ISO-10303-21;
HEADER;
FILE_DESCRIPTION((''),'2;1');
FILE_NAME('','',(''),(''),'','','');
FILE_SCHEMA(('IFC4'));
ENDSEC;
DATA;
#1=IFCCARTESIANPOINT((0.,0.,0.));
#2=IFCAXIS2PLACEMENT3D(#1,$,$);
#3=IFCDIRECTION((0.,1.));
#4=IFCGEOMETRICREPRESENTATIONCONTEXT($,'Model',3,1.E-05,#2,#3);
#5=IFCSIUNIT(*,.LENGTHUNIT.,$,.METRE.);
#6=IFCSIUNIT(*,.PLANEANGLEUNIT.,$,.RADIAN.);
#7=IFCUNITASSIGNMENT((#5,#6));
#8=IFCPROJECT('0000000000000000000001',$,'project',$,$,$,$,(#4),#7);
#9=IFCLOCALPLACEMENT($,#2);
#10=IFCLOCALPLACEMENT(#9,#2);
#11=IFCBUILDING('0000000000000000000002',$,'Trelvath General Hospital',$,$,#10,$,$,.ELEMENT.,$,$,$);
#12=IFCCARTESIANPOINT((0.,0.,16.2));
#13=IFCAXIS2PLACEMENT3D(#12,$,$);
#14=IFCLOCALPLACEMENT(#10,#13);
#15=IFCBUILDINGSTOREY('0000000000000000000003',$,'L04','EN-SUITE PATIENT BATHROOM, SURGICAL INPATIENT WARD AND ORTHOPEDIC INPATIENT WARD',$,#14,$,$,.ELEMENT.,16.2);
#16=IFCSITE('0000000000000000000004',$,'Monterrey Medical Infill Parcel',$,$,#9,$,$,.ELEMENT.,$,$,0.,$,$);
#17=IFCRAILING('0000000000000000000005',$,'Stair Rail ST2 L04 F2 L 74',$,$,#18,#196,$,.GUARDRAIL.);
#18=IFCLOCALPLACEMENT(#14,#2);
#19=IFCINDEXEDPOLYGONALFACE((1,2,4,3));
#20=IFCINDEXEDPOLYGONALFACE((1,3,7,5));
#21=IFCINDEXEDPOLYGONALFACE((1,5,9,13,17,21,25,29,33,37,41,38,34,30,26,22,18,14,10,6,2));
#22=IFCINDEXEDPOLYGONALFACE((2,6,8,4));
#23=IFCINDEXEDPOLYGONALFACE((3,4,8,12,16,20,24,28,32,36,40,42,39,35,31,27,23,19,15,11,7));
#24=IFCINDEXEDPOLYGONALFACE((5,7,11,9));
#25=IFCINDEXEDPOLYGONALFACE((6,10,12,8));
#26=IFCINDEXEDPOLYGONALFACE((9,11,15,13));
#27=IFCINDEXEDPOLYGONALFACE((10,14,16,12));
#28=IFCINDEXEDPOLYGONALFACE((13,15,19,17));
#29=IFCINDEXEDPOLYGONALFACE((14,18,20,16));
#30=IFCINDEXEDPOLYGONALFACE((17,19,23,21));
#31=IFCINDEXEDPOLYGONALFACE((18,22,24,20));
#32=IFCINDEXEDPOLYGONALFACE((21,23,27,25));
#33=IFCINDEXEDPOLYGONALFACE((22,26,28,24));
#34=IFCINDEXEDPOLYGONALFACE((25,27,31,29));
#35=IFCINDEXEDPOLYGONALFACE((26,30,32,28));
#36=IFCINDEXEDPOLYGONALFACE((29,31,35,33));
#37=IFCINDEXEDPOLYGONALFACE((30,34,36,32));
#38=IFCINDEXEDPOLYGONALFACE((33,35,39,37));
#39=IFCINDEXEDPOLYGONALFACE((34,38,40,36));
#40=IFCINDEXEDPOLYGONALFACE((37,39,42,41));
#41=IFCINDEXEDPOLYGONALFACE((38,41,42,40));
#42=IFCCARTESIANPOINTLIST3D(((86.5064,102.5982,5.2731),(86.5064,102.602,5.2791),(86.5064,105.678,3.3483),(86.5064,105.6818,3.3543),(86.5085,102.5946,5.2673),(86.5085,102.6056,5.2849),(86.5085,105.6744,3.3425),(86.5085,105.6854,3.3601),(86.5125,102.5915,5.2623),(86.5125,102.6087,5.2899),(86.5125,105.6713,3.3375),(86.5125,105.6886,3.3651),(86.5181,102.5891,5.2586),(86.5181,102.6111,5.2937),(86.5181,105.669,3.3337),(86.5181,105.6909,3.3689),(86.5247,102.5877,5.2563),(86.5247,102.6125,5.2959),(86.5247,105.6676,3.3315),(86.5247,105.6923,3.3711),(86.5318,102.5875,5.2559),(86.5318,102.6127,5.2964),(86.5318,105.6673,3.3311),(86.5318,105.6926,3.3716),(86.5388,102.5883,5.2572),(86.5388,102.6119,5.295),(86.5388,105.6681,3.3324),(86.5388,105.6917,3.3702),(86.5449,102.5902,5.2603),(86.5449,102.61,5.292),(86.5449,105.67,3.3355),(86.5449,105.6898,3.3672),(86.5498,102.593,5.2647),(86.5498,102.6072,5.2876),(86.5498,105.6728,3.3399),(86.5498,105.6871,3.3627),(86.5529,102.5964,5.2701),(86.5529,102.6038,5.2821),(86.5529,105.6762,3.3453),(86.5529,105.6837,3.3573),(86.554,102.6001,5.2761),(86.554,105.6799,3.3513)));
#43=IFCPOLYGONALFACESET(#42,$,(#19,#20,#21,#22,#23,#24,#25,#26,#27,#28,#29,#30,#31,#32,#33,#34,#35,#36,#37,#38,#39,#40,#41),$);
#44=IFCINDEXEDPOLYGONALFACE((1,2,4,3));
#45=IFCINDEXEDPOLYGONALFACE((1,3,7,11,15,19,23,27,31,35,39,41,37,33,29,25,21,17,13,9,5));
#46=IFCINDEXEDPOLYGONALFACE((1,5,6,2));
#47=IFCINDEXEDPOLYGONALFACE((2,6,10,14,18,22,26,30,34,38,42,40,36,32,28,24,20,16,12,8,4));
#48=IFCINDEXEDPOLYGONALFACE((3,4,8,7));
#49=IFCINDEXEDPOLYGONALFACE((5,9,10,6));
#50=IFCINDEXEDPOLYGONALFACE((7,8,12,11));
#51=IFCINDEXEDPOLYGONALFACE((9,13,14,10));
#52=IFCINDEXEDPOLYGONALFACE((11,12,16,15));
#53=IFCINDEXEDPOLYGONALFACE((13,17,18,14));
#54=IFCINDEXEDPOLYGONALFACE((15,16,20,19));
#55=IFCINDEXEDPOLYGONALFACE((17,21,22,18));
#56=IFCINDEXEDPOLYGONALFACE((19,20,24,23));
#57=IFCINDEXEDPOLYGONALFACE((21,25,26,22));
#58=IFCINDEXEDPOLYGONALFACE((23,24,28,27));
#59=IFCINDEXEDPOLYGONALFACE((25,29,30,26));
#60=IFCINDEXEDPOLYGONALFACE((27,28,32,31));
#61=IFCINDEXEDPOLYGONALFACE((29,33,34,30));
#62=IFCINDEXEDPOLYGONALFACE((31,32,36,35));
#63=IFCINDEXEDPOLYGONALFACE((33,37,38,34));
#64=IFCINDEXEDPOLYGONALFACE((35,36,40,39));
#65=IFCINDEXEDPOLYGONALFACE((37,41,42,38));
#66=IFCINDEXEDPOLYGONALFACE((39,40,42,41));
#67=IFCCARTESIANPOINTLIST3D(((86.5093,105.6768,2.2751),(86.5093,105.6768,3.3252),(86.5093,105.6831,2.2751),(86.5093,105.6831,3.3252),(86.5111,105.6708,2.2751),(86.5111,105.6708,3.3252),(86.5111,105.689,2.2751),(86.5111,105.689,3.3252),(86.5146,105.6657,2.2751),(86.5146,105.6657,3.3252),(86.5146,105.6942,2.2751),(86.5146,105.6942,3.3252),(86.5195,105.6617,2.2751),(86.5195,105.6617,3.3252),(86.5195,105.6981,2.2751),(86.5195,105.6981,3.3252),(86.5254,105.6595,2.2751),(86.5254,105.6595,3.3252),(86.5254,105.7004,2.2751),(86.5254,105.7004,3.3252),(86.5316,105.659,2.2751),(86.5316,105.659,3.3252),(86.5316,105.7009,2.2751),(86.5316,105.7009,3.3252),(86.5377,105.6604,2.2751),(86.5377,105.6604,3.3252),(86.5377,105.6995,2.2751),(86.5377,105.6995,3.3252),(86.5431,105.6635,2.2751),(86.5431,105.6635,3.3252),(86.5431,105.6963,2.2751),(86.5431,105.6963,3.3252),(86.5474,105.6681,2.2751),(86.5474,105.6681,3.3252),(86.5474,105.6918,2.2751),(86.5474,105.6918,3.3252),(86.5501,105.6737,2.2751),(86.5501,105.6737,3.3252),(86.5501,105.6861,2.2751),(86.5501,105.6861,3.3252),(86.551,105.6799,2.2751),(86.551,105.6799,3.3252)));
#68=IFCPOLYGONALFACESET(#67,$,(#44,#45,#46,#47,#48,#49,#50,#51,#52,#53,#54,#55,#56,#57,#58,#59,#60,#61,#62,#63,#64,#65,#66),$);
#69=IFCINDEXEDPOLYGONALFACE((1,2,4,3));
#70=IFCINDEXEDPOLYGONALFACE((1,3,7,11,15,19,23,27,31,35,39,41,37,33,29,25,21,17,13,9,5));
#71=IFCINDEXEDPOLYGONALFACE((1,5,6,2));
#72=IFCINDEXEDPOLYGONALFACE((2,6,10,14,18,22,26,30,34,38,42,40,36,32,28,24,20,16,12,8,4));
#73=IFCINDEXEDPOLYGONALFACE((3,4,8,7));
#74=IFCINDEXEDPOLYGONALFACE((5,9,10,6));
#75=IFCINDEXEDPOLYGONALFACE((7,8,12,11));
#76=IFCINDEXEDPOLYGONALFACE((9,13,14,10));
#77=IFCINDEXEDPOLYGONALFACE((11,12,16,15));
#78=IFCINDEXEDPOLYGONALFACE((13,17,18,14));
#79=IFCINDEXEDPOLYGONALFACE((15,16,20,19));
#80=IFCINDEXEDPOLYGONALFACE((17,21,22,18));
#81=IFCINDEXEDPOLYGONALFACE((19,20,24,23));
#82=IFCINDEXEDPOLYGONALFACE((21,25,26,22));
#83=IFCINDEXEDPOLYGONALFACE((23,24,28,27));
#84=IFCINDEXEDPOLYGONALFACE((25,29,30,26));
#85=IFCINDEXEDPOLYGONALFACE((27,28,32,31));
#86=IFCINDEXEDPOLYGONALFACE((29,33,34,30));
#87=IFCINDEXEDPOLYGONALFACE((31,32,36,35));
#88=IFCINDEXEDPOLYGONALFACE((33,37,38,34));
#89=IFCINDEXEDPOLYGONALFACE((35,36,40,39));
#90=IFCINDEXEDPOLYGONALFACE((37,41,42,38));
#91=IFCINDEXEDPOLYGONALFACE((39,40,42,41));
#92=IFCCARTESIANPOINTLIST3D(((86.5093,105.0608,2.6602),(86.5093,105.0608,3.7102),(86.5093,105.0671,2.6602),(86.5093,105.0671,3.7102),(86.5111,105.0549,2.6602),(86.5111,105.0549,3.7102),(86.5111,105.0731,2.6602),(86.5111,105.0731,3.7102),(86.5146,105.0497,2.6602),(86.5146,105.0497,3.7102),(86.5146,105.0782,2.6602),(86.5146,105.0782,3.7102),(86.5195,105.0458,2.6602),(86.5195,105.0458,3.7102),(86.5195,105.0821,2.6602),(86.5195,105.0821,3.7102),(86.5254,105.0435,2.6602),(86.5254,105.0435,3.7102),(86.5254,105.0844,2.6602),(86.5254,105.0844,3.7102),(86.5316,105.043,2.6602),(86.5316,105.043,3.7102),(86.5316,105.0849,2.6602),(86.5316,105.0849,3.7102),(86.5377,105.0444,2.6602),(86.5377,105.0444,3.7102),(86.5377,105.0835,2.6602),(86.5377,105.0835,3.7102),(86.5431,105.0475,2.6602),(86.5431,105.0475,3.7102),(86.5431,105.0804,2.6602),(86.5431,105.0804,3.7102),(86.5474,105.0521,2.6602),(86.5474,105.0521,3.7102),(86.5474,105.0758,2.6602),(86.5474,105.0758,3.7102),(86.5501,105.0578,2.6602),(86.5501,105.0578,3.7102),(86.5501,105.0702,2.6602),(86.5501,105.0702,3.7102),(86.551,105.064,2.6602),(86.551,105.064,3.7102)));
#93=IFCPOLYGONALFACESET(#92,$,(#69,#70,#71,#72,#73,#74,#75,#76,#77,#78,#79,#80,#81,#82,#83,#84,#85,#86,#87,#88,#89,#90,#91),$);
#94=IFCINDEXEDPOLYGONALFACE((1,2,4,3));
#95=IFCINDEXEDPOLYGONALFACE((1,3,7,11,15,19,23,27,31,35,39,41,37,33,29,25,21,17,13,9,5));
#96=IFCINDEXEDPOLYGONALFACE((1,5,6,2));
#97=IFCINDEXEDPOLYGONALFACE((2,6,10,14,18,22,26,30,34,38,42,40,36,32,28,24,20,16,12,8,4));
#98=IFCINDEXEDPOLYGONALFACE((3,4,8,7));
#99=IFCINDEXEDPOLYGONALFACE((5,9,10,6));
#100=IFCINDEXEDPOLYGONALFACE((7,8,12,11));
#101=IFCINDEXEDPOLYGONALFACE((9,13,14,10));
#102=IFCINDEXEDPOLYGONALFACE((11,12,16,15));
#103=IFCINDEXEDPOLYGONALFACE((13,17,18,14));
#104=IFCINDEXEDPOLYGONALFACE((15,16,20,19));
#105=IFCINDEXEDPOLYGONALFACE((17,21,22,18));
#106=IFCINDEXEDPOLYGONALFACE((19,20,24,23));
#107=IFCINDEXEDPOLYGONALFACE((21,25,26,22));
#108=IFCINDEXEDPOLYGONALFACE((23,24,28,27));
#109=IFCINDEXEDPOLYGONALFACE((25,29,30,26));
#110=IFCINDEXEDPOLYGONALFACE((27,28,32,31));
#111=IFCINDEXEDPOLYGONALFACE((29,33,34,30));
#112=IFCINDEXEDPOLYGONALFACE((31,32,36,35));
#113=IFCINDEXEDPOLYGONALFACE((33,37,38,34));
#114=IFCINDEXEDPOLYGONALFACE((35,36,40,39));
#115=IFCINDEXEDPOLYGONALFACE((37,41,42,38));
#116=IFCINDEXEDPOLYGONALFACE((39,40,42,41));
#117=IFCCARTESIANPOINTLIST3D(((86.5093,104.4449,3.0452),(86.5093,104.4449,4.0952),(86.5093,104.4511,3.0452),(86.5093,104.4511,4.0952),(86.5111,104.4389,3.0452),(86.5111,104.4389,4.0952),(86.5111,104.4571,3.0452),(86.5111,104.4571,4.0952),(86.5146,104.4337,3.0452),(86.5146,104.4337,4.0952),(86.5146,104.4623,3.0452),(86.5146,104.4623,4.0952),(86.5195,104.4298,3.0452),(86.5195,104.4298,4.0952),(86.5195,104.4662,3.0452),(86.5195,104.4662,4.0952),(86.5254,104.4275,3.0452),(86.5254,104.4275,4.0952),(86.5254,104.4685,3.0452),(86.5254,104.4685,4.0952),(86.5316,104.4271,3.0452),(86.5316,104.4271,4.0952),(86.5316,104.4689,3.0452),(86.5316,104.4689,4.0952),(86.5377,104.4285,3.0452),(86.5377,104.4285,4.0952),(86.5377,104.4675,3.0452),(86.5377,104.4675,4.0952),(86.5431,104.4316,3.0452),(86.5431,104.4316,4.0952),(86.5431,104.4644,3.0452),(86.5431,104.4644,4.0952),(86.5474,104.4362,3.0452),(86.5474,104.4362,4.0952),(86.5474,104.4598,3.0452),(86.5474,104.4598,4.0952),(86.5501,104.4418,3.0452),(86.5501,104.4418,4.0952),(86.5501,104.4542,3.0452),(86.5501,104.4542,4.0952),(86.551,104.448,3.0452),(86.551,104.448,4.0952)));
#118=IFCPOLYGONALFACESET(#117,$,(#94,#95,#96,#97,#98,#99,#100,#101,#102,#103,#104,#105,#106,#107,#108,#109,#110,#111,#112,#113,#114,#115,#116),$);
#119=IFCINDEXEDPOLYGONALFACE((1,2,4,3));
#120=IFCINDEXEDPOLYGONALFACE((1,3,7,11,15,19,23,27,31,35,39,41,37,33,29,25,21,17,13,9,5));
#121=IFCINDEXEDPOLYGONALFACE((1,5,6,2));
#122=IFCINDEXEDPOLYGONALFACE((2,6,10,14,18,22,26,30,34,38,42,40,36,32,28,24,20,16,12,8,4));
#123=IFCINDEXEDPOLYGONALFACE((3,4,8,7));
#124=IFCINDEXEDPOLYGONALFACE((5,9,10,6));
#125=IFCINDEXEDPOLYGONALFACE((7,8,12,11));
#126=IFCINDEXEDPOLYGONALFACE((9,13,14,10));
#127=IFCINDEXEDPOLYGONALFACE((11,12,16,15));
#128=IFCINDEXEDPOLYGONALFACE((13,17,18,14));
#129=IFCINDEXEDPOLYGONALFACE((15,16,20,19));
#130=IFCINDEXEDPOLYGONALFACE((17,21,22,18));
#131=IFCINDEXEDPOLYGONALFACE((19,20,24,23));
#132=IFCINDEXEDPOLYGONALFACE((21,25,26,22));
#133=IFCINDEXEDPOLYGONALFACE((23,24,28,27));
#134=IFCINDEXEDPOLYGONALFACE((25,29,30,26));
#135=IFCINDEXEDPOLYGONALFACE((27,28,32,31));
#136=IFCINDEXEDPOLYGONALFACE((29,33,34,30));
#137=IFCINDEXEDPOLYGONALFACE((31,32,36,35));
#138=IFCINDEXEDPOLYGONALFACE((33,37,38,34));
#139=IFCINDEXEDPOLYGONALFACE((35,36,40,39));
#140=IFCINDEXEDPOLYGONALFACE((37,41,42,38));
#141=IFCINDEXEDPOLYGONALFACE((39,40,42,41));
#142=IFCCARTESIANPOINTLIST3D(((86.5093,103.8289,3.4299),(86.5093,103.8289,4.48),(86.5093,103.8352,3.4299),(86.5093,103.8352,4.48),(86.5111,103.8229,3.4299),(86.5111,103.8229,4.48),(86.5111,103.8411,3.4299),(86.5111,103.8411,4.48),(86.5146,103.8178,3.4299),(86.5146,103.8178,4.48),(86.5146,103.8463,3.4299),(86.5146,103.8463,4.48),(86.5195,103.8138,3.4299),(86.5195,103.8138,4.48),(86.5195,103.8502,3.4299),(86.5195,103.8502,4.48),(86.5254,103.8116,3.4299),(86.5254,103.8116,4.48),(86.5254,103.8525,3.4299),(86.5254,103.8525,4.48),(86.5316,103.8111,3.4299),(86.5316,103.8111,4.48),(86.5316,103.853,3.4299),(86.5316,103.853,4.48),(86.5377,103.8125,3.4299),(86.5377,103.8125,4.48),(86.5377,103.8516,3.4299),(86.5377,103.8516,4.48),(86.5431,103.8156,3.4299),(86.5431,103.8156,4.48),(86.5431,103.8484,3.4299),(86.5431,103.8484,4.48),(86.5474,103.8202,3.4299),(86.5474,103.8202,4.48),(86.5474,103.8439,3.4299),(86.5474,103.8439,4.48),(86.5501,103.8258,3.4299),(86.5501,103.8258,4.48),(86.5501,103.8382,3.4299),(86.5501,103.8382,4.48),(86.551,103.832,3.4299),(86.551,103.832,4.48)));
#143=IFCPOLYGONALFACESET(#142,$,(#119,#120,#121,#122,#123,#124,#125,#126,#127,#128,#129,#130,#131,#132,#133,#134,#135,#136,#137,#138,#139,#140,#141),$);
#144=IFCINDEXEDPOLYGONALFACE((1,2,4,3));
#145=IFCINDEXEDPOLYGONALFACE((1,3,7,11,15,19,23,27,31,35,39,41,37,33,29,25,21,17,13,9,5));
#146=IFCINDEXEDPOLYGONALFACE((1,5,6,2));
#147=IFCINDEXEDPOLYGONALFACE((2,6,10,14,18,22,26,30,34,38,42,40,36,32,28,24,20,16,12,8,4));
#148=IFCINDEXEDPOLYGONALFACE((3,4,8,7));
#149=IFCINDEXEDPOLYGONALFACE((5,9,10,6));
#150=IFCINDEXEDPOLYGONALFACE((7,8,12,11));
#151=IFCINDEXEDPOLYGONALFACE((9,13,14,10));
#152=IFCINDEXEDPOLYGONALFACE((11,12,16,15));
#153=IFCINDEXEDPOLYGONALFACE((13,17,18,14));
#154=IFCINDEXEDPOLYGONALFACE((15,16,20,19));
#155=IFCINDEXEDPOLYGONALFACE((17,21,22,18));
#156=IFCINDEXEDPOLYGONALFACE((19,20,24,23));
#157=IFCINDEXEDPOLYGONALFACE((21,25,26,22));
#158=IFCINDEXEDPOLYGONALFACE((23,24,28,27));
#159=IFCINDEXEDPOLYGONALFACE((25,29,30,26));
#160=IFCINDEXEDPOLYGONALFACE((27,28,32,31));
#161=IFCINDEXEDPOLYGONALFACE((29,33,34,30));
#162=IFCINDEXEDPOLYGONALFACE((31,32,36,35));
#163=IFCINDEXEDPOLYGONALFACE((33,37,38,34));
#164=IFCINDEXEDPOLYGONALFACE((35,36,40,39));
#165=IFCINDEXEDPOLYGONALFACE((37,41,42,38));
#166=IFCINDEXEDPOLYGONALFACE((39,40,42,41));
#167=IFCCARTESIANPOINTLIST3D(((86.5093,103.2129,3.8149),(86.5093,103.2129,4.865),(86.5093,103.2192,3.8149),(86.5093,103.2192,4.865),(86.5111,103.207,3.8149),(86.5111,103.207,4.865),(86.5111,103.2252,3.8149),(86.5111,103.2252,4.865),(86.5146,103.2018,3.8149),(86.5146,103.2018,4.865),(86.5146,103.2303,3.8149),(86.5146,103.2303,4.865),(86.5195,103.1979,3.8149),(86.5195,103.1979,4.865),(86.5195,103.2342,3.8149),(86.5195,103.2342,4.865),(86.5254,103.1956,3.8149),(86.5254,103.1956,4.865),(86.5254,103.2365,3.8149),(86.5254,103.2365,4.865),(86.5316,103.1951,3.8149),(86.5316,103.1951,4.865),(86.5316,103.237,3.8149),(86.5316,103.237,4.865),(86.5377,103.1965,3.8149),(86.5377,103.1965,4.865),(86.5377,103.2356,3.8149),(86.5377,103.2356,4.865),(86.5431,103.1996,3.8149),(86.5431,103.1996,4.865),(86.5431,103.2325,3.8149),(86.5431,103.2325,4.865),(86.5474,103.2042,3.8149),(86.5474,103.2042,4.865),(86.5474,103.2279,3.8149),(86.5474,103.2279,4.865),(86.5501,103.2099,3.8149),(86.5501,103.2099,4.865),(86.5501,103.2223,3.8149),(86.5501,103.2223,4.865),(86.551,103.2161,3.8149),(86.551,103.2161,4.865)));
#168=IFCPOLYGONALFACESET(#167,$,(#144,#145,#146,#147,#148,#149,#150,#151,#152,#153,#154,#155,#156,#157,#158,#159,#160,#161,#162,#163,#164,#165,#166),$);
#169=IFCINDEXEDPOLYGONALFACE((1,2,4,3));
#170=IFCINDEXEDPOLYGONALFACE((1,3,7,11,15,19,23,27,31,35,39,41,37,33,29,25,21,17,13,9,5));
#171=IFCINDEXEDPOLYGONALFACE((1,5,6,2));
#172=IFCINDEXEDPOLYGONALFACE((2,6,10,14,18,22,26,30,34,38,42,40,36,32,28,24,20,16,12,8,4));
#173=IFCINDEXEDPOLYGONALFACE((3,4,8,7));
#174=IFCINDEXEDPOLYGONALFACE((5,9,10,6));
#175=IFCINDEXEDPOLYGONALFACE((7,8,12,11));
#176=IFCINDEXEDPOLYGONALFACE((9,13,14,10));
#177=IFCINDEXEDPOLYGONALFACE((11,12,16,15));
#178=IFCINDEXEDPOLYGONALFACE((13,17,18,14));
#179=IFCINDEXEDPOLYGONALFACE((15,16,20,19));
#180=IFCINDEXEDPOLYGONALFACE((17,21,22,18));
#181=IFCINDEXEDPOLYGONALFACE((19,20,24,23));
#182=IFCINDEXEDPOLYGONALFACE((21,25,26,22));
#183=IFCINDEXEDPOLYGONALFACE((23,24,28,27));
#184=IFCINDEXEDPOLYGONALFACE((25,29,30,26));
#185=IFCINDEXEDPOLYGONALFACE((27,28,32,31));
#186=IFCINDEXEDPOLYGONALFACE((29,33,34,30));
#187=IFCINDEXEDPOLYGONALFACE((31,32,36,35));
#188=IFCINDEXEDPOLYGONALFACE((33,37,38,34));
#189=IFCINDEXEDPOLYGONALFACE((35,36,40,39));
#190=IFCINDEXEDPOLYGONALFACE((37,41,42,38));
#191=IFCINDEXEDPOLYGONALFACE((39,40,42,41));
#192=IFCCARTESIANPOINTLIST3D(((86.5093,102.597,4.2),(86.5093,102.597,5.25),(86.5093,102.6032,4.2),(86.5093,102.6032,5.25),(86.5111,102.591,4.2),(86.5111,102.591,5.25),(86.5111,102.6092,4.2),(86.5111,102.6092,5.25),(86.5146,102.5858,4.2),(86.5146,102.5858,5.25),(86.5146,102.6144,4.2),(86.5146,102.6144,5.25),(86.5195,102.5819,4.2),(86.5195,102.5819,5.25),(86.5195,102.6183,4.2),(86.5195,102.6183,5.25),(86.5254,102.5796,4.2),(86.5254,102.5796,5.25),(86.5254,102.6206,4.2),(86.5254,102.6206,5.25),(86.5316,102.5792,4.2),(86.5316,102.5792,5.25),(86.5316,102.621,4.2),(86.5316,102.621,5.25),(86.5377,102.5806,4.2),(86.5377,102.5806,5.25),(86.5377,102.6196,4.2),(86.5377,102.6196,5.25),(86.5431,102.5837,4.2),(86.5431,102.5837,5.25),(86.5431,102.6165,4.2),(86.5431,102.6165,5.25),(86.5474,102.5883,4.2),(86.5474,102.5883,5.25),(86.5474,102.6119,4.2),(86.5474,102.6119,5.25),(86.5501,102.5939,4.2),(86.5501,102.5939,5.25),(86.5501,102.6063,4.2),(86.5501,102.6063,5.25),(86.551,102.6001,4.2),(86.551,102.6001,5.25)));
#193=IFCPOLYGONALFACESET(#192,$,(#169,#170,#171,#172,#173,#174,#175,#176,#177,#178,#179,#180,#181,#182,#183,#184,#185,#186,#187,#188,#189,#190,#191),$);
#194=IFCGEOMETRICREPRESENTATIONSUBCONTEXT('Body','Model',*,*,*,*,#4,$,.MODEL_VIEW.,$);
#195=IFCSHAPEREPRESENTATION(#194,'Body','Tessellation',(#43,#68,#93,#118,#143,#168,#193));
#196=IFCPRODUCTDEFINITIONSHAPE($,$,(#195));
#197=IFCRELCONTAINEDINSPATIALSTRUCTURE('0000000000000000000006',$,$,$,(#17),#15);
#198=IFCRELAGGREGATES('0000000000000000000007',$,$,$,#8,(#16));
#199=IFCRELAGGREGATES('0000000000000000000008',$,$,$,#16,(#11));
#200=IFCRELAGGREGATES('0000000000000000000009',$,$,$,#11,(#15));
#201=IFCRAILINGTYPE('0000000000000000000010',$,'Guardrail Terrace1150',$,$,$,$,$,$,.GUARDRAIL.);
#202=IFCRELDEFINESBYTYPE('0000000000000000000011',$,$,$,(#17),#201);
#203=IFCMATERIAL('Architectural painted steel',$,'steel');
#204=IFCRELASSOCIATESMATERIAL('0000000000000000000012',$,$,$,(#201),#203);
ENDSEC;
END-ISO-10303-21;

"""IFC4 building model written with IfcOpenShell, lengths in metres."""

from ifc_helpers import new_model, si_unit, direction, frame, origin, origin_2d, place, context, subcontext, project, spatial, circle, extrude, material, type_object, element, save


model = new_model("IFC4")

# Units and contexts
model_context = context("Model", 3, precision=1e-05, world=origin(), true_north=direction((0.0, 1.0)))
body_context = subcontext(model_context, "Body", "Model", "MODEL_VIEW")
ifc_project = project(units=[si_unit("LENGTHUNIT", "METRE"), si_unit("PLANEANGLEUNIT", "RADIAN")], contexts=[model_context])

# Site, building, storey
site_placement = place(None, origin())
site = spatial("IfcSite", under=ifc_project, at=site_placement, Name="Monterrey Medical Infill Parcel", CompositionType="ELEMENT", RefElevation=0.0)
building_placement = place(site_placement, origin())
building = spatial("IfcBuilding", under=site, at=building_placement, Name="Trelvath General Hospital", CompositionType="ELEMENT")
storey_placement = place(building_placement, frame((0.0, 0.0, 16.2)))
storey = spatial("IfcBuildingStorey", under=building, at=storey_placement, Name="L04", Description="EN-SUITE PATIENT BATHROOM, SURGICAL INPATIENT WARD AND ORTHOPEDIC INPATIENT WARD", CompositionType="ELEMENT", Elevation=16.2)

# Railing
ifc_material_1 = material(Name="Architectural painted steel", Category="steel")
railing_type_1 = type_object("IfcRailingType", Name="Guardrail Terrace1150", PredefinedType="GUARDRAIL", material=ifc_material_1)
railing_1_placement = place(storey_placement, frame((86.53, 105.6799, 2.2751)))
element("IfcRailing", 1, at=railing_1_placement, inside=storey, type_object=railing_type_1, Name="Stair Rail ST2 L04 F2 L 74", PredefinedType="GUARDRAIL", context=body_context, shape_type="SweptSolid", body=[
    extrude(circle(Radius=0.0239, at=origin_2d()), frame((0.0, 0.0, 1.0762), z_axis=(0.0, -0.84801, 0.529981), x_axis=(1.0, 0.0, 0.0)), (0.0, 0.0, 1.0), 3.6318),
    extrude(circle(Radius=0.021, at=origin_2d()), origin(), (0.0, 0.0, 1.0), 1.05),
    extrude(circle(Radius=0.021, at=origin_2d()), frame((0.0, -0.616, 0.385)), (0.0, 0.0, 1.0), 1.05),
    extrude(circle(Radius=0.021, at=origin_2d()), frame((0.0, -1.2319, 0.77)), (0.0, 0.0, 1.0), 1.05),
    extrude(circle(Radius=0.021, at=origin_2d()), frame((0.0, -1.8479, 1.1548)), (0.0, 0.0, 1.0), 1.05),
    extrude(circle(Radius=0.021, at=origin_2d()), frame((0.0, -2.4639, 1.5398)), (0.0, 0.0, 1.0), 1.05),
    extrude(circle(Radius=0.021, at=origin_2d()), frame((0.0, -3.0798, 1.9248)), (0.0, 0.0, 1.0), 1.05),
])

save(model, "model.ifc")
